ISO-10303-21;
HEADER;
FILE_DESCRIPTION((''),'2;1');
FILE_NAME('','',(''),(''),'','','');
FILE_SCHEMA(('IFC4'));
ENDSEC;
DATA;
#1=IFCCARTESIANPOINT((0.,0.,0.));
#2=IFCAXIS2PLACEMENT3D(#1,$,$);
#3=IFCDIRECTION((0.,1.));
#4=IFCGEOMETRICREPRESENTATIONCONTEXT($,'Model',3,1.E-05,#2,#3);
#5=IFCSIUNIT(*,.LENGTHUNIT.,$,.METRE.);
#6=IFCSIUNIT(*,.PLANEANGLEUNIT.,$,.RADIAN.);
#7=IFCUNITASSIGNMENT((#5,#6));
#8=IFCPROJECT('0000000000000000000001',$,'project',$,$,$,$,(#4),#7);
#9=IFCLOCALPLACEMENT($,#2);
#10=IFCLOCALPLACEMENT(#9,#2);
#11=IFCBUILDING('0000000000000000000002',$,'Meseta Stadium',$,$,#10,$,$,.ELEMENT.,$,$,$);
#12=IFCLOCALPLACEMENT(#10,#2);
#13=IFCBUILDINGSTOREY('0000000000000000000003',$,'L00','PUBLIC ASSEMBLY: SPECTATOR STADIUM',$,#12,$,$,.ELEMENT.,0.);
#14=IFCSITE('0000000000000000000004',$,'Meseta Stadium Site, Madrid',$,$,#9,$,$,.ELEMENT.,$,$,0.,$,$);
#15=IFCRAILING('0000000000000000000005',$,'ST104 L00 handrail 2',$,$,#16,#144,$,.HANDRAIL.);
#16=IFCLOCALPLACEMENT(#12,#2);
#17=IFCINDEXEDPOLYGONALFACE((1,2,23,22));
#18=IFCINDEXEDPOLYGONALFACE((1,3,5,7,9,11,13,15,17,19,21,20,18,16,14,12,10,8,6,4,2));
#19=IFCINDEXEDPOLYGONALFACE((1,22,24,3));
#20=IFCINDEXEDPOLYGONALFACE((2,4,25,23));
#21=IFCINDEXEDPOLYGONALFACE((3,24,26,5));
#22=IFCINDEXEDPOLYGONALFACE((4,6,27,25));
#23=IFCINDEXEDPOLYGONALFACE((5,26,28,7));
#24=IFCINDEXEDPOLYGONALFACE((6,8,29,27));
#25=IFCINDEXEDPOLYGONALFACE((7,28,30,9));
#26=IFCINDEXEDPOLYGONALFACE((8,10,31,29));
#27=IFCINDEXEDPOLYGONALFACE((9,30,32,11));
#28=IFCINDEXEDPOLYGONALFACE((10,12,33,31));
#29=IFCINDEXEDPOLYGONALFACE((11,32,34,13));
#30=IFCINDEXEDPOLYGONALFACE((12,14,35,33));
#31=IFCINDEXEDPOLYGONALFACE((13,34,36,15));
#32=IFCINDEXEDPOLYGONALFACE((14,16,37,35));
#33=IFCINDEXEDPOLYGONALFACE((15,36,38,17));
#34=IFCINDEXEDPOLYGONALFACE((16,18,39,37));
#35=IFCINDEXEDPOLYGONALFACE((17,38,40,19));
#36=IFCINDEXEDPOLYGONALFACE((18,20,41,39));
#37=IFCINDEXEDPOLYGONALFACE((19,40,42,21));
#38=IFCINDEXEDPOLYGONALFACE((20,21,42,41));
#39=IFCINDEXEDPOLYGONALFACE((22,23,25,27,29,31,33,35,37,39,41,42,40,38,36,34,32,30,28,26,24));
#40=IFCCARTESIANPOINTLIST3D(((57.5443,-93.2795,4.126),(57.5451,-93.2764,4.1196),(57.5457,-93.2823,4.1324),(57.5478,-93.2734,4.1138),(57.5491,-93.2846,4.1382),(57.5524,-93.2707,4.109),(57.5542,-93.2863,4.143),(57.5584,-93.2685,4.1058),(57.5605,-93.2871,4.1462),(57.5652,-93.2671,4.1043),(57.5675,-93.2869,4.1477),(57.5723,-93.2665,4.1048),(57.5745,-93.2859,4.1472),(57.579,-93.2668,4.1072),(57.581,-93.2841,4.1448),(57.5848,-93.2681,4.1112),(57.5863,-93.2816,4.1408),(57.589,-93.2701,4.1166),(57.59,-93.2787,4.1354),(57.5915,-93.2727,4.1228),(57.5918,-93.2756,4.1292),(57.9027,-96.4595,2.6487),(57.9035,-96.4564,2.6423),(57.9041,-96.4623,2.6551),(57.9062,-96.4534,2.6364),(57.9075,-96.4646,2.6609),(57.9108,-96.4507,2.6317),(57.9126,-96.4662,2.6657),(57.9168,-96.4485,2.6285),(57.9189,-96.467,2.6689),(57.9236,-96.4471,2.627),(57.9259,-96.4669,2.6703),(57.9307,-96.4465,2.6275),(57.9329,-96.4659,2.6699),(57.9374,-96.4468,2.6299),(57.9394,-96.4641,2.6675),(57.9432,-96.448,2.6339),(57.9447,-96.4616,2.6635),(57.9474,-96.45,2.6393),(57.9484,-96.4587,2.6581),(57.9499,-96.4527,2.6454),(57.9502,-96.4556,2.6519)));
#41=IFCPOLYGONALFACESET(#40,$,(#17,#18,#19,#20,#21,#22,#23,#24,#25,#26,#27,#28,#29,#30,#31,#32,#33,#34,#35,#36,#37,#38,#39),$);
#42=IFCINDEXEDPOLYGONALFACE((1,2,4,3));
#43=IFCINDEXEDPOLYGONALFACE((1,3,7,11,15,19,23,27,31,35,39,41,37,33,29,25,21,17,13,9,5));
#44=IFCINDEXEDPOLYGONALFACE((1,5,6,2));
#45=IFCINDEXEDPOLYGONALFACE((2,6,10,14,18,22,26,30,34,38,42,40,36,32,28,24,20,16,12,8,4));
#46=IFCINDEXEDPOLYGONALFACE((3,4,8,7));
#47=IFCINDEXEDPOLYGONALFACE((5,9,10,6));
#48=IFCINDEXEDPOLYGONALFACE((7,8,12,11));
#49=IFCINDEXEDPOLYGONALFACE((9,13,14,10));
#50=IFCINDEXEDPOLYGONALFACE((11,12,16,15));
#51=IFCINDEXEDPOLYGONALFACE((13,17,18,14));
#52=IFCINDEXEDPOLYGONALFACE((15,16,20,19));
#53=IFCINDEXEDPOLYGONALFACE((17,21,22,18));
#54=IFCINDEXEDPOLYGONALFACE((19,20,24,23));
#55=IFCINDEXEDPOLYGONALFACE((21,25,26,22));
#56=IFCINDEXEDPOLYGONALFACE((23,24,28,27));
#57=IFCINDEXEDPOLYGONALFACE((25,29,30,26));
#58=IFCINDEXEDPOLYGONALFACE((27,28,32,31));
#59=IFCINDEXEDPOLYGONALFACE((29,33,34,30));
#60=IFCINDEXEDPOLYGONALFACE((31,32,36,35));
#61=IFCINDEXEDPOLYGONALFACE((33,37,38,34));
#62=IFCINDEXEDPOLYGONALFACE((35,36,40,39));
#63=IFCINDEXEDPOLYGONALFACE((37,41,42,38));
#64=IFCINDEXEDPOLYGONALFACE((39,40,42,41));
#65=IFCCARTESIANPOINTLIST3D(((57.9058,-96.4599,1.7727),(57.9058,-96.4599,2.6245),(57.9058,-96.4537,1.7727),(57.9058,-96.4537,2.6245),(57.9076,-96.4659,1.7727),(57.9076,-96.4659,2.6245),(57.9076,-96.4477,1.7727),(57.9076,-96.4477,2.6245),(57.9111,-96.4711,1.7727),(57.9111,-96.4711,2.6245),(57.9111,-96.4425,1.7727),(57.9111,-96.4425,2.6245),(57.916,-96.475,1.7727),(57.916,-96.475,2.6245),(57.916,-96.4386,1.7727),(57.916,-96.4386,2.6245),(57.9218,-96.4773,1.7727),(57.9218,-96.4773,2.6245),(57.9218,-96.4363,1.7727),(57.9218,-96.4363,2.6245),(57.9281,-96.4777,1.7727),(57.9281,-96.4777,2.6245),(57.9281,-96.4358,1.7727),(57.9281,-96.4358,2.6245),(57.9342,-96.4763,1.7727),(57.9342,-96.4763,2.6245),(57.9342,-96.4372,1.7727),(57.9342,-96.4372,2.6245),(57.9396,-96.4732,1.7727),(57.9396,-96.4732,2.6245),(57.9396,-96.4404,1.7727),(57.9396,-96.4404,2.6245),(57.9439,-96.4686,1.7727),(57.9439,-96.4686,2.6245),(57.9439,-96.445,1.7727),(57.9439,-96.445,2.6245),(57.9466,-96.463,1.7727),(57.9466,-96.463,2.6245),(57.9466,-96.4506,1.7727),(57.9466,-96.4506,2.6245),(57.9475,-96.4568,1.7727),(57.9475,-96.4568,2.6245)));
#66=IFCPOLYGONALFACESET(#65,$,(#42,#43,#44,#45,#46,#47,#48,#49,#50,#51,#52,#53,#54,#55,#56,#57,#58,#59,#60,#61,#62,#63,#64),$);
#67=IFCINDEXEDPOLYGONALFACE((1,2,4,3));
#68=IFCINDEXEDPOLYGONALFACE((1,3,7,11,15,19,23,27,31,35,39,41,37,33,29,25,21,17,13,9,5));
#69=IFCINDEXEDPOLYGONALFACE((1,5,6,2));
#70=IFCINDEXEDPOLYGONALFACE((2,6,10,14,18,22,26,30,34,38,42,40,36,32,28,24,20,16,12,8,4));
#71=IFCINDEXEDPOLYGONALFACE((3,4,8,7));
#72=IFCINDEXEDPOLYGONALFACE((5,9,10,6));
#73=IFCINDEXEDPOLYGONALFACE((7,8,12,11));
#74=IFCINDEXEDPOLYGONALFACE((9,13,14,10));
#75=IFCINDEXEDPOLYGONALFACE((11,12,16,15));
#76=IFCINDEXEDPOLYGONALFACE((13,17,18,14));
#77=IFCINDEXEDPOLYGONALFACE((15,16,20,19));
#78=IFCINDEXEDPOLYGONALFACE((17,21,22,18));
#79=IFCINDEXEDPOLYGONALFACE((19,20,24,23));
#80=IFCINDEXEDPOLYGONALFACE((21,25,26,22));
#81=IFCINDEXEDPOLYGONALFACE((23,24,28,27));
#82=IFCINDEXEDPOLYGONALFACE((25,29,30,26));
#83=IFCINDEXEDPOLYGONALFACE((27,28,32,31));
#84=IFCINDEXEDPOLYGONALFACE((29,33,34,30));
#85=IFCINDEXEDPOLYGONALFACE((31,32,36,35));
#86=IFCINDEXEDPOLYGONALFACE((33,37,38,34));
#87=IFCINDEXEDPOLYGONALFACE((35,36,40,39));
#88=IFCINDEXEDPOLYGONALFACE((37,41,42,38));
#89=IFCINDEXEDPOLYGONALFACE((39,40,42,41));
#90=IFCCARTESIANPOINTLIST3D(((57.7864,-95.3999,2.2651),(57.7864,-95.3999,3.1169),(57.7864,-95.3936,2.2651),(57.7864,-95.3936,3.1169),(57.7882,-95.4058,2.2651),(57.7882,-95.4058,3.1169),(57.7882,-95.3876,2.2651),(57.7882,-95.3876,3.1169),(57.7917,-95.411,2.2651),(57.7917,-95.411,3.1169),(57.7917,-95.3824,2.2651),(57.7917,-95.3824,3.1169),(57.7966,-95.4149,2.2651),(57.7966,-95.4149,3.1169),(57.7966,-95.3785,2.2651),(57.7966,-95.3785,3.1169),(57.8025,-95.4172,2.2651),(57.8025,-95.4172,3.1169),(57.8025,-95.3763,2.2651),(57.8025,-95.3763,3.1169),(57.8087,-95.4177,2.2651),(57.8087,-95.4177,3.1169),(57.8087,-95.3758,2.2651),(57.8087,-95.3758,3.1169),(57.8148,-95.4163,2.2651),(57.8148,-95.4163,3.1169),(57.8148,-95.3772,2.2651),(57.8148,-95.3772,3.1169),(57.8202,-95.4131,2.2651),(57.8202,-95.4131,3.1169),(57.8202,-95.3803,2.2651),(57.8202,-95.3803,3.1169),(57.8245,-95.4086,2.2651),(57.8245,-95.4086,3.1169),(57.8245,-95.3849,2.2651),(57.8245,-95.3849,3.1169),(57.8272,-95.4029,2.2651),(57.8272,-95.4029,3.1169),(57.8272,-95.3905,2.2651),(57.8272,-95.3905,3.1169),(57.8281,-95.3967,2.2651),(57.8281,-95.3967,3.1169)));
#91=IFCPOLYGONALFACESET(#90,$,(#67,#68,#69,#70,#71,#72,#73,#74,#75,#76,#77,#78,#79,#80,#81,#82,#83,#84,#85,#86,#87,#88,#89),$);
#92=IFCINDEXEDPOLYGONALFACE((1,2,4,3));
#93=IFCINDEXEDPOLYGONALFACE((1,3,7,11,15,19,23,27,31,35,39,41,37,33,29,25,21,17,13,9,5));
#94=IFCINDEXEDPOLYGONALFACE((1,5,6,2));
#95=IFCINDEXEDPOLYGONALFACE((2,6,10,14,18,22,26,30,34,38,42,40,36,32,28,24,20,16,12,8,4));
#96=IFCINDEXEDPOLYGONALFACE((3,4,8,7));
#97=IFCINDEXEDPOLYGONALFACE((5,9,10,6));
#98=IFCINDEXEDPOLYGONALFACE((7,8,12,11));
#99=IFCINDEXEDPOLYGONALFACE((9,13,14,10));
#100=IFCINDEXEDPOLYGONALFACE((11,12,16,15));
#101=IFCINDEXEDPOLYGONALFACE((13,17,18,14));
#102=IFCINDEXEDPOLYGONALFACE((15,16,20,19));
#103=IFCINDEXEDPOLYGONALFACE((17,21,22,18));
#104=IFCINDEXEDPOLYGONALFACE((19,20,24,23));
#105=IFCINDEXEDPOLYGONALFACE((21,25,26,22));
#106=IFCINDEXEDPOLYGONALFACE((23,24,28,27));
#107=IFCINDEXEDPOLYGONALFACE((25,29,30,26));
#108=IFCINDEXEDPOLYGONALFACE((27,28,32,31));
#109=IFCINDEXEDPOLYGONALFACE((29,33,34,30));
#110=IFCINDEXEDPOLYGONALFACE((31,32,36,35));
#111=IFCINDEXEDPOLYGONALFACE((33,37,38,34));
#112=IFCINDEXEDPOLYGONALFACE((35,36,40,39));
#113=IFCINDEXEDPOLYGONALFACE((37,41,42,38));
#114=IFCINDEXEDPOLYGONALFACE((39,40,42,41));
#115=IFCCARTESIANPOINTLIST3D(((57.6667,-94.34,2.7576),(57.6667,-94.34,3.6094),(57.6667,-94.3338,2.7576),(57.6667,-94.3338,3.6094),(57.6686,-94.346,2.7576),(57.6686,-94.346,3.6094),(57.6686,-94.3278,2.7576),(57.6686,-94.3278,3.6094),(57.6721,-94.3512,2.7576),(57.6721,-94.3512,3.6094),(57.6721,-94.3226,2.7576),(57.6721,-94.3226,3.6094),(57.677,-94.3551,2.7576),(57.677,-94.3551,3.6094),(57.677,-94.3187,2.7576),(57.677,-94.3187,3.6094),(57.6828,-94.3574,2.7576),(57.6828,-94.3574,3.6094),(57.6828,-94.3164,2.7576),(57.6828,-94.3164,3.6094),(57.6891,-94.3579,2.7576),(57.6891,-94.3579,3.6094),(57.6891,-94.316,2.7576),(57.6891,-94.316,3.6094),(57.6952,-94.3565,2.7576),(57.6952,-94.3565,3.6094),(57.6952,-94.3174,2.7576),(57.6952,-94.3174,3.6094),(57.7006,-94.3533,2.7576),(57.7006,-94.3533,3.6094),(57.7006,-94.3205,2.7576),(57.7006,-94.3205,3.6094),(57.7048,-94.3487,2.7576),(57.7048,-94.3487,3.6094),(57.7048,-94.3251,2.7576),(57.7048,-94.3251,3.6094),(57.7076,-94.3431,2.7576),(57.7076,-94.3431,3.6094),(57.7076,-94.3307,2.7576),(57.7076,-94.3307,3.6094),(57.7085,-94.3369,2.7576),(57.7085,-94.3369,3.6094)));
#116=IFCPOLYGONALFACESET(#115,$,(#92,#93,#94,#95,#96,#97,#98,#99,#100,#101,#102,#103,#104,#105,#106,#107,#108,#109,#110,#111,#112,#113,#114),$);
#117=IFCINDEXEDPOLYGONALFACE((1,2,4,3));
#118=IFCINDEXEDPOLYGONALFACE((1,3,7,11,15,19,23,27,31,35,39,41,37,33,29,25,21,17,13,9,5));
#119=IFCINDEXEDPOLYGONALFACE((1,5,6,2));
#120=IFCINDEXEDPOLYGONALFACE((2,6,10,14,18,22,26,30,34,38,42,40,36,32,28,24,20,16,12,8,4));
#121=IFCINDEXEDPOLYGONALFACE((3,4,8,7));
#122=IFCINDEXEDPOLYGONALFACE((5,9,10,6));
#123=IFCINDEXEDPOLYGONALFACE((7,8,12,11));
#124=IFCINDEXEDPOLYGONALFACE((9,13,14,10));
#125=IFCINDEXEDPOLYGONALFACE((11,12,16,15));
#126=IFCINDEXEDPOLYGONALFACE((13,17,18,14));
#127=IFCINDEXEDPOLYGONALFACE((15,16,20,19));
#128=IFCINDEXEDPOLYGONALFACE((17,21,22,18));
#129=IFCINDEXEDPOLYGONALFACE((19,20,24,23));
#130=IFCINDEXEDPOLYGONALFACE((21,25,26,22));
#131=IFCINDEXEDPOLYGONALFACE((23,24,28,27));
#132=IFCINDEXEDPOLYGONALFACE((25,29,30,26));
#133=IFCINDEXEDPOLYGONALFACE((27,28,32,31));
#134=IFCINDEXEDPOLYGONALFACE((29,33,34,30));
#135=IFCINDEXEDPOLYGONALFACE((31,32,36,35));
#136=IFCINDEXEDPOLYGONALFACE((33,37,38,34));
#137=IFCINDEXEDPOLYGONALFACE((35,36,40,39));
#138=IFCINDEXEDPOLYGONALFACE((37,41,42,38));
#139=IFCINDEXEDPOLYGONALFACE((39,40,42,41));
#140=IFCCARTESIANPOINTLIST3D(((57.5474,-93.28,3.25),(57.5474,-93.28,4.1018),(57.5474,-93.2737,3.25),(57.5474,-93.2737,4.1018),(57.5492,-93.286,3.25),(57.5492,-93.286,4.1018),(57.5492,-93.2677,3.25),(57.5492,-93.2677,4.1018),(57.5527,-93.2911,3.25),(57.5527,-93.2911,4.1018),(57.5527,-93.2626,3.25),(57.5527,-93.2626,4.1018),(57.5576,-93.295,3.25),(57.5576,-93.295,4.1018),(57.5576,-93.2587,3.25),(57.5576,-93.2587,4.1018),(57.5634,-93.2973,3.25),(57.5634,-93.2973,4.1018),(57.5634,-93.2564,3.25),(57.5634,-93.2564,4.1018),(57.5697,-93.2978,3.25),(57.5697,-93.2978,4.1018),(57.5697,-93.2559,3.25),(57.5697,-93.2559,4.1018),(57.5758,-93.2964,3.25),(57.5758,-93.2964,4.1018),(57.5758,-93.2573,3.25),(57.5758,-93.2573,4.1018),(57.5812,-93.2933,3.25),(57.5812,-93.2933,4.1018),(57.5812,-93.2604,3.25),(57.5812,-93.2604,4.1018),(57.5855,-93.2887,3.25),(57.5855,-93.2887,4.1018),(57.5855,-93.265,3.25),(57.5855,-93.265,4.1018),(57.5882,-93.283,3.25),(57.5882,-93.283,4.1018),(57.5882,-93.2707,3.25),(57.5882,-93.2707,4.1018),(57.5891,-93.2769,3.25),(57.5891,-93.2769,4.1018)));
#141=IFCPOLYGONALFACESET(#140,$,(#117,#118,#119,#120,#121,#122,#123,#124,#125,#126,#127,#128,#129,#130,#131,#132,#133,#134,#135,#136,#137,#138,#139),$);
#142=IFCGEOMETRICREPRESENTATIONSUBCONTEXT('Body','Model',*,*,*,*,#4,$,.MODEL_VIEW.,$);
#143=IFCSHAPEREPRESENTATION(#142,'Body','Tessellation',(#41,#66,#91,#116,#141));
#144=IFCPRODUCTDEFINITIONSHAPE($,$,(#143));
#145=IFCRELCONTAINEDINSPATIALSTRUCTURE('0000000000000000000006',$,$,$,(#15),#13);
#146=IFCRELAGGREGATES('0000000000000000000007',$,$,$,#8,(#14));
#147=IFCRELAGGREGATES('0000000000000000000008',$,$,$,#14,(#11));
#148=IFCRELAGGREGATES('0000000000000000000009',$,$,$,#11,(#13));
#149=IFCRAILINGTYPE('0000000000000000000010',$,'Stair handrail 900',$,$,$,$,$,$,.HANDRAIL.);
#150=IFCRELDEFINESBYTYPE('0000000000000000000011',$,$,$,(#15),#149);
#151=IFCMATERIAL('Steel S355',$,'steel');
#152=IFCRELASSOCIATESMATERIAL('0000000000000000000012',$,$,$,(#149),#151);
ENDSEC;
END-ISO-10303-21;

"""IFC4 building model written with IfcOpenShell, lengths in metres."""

from ifc_helpers import new_model, si_unit, direction, frame, origin, origin_2d, place, context, subcontext, project, spatial, circle, extrude, material, type_object, element, save


model = new_model("IFC4")

# Units and contexts
model_context = context("Model", 3, precision=1e-05, world=origin(), true_north=direction((0.0, 1.0)))
body_context = subcontext(model_context, "Body", "Model", "MODEL_VIEW")
ifc_project = project(units=[si_unit("LENGTHUNIT", "METRE"), si_unit("PLANEANGLEUNIT", "RADIAN")], contexts=[model_context])

# Site, building, storey
site_placement = place(None, origin())
site = spatial("IfcSite", under=ifc_project, at=site_placement, Name="Meseta Stadium Site, Madrid", CompositionType="ELEMENT", RefElevation=0.0)
building_placement = place(site_placement, origin())
building = spatial("IfcBuilding", under=site, at=building_placement, Name="Meseta Stadium", CompositionType="ELEMENT")
storey_placement = place(building_placement, origin())
storey = spatial("IfcBuildingStorey", under=building, at=storey_placement, Name="L00", Description="PUBLIC ASSEMBLY: SPECTATOR STADIUM", CompositionType="ELEMENT", Elevation=0.0)

# Railing
ifc_material_1 = material(Name="Steel S355", Category="steel")
railing_type_1 = type_object("IfcRailingType", Name="Stair handrail 900", PredefinedType="HANDRAIL", material=ifc_material_1)
railing_1_placement = place(storey_placement, frame((57.9265, -96.4568, 1.7727)))
element("IfcRailing", 1, at=railing_1_placement, inside=storey, type_object=railing_type_1, Name="ST104 L00 handrail 2", PredefinedType="HANDRAIL", context=body_context, shape_type="SweptSolid", body=[
    extrude(circle(Radius=0.0239, at=origin_2d()), frame((0.0, 0.0, 0.876), z_axis=(-0.101685, 0.90221, 0.419138), x_axis=(-0.993709, -0.111997, 0.0)), (0.0, 0.0, 1.0), 3.5247),
    extrude(circle(Radius=0.021, at=origin_2d()), origin(), (0.0, 0.0, 1.0), 0.8518),
    extrude(circle(Radius=0.021, at=origin_2d()), frame((-0.1194, 1.0601, 0.4924)), (0.0, 0.0, 1.0), 0.8518),
    extrude(circle(Radius=0.021, at=origin_2d()), frame((-0.239, 2.1199, 0.9849)), (0.0, 0.0, 1.0), 0.8518),
    extrude(circle(Radius=0.021, at=origin_2d()), frame((-0.3584, 3.1799, 1.4773)), (0.0, 0.0, 1.0), 0.8518),
])

save(model, "model.ifc")
